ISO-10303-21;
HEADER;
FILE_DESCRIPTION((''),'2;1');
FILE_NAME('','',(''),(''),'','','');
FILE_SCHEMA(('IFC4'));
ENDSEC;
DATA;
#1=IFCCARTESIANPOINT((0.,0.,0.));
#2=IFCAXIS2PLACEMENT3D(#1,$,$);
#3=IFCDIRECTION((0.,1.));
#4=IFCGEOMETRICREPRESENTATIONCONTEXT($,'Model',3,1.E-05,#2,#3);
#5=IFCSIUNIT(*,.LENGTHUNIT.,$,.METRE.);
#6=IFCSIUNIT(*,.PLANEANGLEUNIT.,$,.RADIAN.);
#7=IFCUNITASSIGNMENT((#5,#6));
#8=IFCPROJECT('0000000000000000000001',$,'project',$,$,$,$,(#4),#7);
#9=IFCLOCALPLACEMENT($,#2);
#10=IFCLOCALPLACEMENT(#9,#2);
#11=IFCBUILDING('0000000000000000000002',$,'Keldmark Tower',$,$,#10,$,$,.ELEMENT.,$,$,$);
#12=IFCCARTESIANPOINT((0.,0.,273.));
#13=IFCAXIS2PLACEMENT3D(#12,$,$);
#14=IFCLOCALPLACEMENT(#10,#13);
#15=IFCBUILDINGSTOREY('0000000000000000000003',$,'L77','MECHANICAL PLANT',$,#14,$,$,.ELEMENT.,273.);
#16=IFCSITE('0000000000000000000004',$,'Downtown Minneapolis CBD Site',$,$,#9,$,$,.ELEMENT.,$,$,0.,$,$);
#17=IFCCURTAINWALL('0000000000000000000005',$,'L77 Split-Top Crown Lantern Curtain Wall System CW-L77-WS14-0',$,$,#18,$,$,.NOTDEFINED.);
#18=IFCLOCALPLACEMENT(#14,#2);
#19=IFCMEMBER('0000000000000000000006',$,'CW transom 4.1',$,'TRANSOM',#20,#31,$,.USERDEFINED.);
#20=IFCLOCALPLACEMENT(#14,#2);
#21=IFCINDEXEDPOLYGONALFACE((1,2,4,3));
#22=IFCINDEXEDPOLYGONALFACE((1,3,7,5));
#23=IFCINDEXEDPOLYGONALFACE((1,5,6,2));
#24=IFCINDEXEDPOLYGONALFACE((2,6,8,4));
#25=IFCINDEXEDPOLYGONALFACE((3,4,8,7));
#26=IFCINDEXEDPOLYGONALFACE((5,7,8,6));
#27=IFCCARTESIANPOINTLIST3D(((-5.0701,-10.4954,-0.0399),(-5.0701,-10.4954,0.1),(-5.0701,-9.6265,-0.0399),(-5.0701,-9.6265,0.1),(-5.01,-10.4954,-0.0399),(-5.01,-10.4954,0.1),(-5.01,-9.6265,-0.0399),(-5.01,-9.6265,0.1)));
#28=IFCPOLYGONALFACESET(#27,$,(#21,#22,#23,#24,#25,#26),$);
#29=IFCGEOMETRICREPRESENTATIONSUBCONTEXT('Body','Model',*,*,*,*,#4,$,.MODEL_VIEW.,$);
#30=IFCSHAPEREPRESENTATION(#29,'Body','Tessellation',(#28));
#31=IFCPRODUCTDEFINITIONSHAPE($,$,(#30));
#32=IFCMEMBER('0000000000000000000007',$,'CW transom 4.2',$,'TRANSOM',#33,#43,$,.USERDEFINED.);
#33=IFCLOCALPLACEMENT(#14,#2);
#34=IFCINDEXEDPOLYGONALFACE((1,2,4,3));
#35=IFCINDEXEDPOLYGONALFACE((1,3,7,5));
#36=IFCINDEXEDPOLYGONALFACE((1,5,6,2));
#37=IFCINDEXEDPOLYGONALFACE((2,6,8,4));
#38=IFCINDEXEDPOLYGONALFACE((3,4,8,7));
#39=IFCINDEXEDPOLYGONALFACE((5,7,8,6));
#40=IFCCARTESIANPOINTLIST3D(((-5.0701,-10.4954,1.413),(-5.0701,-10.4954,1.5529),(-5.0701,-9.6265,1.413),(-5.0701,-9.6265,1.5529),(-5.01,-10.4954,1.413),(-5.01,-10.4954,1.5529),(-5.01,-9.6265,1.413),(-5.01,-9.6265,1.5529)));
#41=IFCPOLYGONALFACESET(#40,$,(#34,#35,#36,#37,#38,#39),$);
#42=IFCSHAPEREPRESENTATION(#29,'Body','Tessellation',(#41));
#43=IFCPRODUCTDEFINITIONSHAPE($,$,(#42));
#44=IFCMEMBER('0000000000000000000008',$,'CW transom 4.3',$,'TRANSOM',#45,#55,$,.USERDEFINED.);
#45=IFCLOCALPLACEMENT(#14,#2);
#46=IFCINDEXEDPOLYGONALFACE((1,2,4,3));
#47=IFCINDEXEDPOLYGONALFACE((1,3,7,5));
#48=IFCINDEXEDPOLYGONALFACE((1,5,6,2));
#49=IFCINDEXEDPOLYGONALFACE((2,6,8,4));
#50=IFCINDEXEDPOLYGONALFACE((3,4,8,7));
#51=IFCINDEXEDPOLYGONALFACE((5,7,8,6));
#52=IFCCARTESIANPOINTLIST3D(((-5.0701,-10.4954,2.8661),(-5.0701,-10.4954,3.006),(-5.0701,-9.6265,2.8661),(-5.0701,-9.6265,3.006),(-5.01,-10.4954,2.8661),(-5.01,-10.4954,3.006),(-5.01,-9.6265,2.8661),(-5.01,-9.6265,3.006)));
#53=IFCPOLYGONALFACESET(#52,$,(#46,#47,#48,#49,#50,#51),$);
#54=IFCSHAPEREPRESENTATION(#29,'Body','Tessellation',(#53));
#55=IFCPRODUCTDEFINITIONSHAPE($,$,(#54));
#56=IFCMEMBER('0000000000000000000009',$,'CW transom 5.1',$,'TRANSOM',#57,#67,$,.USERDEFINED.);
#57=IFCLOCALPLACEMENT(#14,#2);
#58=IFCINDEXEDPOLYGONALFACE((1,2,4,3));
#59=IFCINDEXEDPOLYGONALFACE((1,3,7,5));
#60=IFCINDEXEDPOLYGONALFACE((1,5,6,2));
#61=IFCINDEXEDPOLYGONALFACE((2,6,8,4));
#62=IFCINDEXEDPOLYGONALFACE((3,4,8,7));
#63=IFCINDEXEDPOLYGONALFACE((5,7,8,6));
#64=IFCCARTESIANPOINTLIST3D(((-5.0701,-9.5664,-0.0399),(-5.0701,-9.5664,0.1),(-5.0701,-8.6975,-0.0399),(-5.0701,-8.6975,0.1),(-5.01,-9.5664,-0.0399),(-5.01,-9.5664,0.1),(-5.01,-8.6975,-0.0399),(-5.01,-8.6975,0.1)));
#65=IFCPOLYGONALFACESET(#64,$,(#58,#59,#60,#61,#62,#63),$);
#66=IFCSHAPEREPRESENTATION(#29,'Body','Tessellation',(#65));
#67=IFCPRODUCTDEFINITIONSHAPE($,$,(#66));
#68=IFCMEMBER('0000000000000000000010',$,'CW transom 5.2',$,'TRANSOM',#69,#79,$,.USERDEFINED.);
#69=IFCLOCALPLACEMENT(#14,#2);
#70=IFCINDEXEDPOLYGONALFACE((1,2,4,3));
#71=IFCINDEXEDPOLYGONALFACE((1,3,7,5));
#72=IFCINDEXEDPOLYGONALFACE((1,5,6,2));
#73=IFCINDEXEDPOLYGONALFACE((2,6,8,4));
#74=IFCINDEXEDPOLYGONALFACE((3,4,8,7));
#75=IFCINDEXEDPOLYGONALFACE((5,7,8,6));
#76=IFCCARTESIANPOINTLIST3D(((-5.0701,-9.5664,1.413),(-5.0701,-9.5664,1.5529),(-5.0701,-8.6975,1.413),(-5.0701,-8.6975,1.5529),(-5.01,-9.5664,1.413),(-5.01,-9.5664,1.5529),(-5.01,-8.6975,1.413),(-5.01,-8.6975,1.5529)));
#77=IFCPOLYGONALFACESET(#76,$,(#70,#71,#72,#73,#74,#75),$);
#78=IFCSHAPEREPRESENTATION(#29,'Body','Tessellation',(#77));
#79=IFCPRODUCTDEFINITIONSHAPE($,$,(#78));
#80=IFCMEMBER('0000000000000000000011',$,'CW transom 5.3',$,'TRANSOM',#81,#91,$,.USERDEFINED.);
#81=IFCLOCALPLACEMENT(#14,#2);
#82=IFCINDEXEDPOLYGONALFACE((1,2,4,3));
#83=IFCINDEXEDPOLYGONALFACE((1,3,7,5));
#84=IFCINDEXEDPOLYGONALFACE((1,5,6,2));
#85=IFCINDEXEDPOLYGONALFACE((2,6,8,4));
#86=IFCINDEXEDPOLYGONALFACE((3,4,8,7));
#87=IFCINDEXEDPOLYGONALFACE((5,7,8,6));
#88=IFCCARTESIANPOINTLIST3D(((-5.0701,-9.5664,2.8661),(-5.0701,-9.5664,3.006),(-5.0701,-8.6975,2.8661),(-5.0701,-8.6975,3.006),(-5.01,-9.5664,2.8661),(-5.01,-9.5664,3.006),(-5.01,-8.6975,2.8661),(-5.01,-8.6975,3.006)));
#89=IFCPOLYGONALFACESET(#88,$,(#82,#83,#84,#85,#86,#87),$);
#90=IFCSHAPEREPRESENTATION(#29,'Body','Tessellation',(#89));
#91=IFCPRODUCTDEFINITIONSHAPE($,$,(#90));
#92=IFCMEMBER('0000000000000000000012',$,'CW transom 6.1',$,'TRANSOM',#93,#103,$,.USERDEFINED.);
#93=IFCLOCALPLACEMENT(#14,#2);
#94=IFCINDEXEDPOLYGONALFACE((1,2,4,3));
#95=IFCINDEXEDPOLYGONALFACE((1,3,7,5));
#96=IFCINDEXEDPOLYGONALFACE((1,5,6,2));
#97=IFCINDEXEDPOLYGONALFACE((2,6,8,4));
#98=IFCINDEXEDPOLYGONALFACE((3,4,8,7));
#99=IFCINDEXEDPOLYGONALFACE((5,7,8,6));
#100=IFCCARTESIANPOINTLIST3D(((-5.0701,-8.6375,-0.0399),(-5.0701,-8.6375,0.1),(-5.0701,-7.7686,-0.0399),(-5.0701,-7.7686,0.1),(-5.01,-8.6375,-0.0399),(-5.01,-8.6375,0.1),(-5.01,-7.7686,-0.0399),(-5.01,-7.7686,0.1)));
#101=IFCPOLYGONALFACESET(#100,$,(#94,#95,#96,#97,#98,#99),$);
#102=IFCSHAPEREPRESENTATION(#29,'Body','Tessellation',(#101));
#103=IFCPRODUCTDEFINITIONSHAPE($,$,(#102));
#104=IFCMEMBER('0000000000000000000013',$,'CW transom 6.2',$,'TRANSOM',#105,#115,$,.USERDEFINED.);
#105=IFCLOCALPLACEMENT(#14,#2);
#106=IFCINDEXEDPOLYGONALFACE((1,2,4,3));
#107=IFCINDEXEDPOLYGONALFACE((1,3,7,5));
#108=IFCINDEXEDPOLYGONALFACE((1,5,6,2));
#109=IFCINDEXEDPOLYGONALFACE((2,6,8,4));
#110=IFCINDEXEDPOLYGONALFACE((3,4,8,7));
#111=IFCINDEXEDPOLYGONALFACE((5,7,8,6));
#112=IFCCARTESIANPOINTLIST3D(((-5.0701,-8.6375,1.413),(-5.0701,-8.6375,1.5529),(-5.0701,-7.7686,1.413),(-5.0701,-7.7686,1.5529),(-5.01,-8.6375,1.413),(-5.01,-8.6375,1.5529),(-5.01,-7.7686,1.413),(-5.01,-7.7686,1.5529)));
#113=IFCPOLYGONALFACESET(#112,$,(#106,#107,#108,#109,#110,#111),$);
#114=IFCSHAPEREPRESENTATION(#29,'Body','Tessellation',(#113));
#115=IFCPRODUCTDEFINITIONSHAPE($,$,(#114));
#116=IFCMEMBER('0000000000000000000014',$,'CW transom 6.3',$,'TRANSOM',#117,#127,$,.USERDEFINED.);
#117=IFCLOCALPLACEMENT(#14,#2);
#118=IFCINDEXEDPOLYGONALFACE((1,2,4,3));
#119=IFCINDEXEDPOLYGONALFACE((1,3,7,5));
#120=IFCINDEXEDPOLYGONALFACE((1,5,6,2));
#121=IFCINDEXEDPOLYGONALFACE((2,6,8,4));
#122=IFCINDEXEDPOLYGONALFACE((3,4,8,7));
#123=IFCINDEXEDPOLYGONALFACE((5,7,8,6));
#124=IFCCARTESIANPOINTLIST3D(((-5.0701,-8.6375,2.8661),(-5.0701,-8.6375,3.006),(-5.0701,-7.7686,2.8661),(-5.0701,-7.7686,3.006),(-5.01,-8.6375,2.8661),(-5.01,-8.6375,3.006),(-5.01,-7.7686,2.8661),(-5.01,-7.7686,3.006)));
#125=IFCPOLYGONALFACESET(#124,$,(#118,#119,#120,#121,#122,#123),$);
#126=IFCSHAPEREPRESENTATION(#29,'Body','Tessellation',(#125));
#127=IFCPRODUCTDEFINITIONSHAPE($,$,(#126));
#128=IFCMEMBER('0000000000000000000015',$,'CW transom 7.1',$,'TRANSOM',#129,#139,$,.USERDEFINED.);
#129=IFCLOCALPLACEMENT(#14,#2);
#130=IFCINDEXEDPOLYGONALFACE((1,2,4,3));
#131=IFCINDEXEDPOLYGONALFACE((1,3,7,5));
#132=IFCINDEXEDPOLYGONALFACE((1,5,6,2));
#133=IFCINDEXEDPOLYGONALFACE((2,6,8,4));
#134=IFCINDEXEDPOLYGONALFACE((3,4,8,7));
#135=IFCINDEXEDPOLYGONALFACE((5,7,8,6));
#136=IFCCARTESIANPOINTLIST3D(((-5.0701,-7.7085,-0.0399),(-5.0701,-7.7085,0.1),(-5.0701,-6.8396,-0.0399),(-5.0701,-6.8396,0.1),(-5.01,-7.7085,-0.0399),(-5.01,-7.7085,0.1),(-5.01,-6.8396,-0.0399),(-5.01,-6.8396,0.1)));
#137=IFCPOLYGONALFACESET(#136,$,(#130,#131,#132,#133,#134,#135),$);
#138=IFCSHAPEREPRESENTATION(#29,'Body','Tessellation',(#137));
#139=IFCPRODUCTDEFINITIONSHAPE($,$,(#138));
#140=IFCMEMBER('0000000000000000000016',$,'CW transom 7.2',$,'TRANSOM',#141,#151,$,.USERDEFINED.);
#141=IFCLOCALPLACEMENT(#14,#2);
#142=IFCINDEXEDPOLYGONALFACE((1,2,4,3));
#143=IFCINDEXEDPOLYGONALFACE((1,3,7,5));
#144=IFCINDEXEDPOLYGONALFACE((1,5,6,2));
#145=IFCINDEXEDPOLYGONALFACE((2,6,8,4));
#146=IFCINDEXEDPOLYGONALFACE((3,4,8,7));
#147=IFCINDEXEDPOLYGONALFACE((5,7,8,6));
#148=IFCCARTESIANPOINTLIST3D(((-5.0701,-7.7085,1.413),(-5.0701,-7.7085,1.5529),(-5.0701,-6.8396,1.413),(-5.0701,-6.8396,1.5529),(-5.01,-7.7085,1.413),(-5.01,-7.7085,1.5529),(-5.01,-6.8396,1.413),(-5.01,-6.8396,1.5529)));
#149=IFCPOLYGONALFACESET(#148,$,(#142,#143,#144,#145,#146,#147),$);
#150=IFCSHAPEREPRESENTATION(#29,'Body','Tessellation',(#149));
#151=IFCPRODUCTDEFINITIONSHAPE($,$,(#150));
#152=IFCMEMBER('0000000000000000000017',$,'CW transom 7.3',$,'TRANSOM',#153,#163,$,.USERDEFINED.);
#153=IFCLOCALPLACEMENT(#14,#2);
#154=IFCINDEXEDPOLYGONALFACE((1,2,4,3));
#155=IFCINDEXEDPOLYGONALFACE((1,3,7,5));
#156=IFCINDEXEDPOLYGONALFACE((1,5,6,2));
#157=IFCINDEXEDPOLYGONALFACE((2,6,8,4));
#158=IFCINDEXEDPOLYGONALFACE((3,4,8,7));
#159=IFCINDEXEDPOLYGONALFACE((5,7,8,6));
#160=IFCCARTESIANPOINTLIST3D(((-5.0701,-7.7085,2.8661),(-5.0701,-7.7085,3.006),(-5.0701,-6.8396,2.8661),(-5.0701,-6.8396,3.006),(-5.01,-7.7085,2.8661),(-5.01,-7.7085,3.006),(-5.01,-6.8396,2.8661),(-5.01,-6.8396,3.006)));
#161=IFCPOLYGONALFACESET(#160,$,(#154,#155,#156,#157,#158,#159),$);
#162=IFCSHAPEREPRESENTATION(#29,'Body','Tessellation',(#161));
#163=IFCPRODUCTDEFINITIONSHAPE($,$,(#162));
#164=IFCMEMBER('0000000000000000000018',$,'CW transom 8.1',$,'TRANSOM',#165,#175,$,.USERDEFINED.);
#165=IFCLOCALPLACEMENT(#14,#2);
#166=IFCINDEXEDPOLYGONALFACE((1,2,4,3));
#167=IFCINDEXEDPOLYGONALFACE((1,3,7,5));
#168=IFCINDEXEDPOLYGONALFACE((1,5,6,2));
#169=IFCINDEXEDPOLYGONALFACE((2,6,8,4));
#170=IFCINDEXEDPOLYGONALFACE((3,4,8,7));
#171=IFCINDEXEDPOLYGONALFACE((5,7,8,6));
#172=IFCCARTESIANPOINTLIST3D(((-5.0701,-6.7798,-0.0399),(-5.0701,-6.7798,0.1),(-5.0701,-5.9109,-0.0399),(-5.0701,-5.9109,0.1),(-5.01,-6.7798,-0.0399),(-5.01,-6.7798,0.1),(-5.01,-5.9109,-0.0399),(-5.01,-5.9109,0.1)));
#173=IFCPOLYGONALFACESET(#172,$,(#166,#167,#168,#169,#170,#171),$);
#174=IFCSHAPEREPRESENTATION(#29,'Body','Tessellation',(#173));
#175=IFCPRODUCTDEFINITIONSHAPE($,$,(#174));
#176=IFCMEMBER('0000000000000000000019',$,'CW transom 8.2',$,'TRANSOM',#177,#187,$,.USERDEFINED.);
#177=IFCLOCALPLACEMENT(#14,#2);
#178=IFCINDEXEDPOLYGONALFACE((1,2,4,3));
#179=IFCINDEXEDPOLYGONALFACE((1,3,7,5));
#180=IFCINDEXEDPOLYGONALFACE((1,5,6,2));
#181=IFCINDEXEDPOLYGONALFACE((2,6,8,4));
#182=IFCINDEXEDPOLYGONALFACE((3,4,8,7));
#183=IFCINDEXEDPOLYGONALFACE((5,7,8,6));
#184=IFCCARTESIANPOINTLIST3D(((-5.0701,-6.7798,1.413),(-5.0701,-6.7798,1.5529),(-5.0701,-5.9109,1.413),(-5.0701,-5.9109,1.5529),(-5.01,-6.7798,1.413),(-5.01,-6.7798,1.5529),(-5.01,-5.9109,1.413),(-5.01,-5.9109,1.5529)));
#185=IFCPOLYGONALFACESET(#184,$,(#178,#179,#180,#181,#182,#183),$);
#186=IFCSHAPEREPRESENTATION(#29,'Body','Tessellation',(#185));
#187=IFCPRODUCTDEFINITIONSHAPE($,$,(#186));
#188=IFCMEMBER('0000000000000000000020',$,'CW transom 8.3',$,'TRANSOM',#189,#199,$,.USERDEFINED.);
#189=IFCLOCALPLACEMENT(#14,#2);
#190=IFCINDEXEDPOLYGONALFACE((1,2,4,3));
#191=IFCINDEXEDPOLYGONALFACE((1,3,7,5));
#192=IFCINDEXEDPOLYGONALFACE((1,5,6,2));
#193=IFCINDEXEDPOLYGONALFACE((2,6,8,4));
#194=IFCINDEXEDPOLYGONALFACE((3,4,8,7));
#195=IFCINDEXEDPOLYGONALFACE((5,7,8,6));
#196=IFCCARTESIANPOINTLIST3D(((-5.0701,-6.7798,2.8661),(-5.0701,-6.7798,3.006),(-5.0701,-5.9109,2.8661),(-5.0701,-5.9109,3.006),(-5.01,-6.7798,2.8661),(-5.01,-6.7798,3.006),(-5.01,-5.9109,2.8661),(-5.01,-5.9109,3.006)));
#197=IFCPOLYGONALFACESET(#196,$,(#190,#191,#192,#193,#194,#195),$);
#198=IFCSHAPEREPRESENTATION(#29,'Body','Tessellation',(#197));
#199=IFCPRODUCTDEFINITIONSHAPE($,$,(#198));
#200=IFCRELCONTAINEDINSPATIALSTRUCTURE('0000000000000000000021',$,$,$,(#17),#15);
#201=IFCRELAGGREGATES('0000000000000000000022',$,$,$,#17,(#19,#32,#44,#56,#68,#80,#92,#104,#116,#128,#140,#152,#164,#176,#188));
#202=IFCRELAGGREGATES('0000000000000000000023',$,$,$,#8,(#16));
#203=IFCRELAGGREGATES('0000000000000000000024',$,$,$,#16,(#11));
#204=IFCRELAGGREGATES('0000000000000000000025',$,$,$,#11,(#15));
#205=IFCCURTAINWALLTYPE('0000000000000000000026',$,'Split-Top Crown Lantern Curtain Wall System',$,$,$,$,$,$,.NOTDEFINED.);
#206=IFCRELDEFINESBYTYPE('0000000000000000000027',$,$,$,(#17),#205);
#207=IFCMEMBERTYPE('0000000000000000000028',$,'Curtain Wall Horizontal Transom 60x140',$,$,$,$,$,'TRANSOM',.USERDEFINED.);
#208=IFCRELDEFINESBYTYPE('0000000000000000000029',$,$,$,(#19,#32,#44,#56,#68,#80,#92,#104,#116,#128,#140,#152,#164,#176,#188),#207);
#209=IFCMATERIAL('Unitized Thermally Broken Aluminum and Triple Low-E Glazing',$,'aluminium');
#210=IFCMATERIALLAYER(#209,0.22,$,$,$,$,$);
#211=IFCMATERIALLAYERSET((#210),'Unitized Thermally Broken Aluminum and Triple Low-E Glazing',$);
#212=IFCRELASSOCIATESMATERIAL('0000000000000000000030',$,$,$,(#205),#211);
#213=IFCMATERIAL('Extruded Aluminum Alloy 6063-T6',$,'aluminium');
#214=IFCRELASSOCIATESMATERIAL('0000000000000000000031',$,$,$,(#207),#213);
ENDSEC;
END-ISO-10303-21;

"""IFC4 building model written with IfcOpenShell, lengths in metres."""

from ifc_helpers import new_model, si_unit, direction, frame, origin, origin_2d, place, context, subcontext, project, spatial, rectangle, extrude, material, layer, layer_set, material_profile, profile_set, type_object, element, aggregate, save


model = new_model("IFC4")

# Units and contexts
model_context = context("Model", 3, precision=1e-05, world=origin(), true_north=direction((0.0, 1.0)))
body_context = subcontext(model_context, "Body", "Model", "MODEL_VIEW")
ifc_project = project(units=[si_unit("LENGTHUNIT", "METRE"), si_unit("PLANEANGLEUNIT", "RADIAN")], contexts=[model_context])

# Site, building, storey
site_placement = place(None, origin())
site = spatial("IfcSite", under=ifc_project, at=site_placement, Name="Downtown Minneapolis CBD Site", CompositionType="ELEMENT", RefElevation=0.0)
building_placement = place(site_placement, origin())
building = spatial("IfcBuilding", under=site, at=building_placement, Name="Keldmark Tower", CompositionType="ELEMENT")
storey_placement = place(building_placement, frame((0.0, 0.0, 273.0)))
storey = spatial("IfcBuildingStorey", under=building, at=storey_placement, Name="L77", Description="MECHANICAL PLANT", CompositionType="ELEMENT", Elevation=273.0)

# Curtain wall, members
ifc_material_1 = material(Name="Unitized Thermally Broken Aluminum and Triple Low-E Glazing", Category="aluminium")
ifc_layer_1 = layer(ifc_material_1, 0.22)
ifc_layer_set_1 = layer_set([ifc_layer_1], Name="Unitized Thermally Broken Aluminum and Triple Low-E Glazing")
curtain_wall_type = type_object("IfcCurtainWallType", Name="Split-Top Crown Lantern Curtain Wall System", PredefinedType="NOTDEFINED", material=ifc_layer_set_1)
curtain_wall_placement = place(storey_placement, origin())
curtain_wall = element("IfcCurtainWall", 1, at=curtain_wall_placement, inside=storey, type_object=curtain_wall_type, Name="L77 Split-Top Crown Lantern Curtain Wall System CW-L77-WS14-0", PredefinedType="NOTDEFINED")
ifc_material_2 = material(Name="Extruded Aluminum Alloy 6063-T6", Category="aluminium")
ifc_material_profile_1 = material_profile(ifc_material_2, rectangle(XDim=0.0601, YDim=0.1399, at=origin_2d()), Name="CWT60X140")
ifc_profile_set_1 = profile_set([ifc_material_profile_1], Name="Extruded Aluminum Alloy 6063-T6")
member_type_1 = type_object("IfcMemberType", Name="Curtain Wall Horizontal Transom 60x140", ElementType="TRANSOM", PredefinedType="USERDEFINED", material=ifc_profile_set_1)
member_1_placement = place(storey_placement, frame((-5.04, -10.4954, 0.03), z_axis=(0.0, 1.0, 0.0), x_axis=(-1.0, 0.0, 0.0)))
member_1 = element("IfcMember", 2, at=member_1_placement, type_object=member_type_1, Name="CW transom 4.1", ObjectType="TRANSOM", PredefinedType="USERDEFINED", context=body_context, shape_type="SweptSolid", body=[
    extrude(rectangle(XDim=0.0601, YDim=0.1399, at=origin_2d()), origin(), (0.0, 0.0, 1.0), 0.8689),
])
member_2_placement = place(storey_placement, frame((-5.04, -10.4954, 1.4829), z_axis=(0.0, 1.0, 0.0), x_axis=(-1.0, 0.0, 0.0)))
member_2 = element("IfcMember", 3, at=member_2_placement, type_object=member_type_1, Name="CW transom 4.2", ObjectType="TRANSOM", PredefinedType="USERDEFINED", context=body_context, shape_type="SweptSolid", body=[
    extrude(rectangle(XDim=0.0601, YDim=0.1399, at=origin_2d()), origin(), (0.0, 0.0, 1.0), 0.8689),
])
member_3_placement = place(storey_placement, frame((-5.04, -10.4954, 2.936), z_axis=(0.0, 1.0, 0.0), x_axis=(-1.0, 0.0, 0.0)))
member_3 = element("IfcMember", 4, at=member_3_placement, type_object=member_type_1, Name="CW transom 4.3", ObjectType="TRANSOM", PredefinedType="USERDEFINED", context=body_context, shape_type="SweptSolid", body=[
    extrude(rectangle(XDim=0.0601, YDim=0.1399, at=origin_2d()), origin(), (0.0, 0.0, 1.0), 0.8689),
])
member_4_placement = place(storey_placement, frame((-5.04, -9.5664, 0.03), z_axis=(0.0, 1.0, 0.0), x_axis=(-1.0, 0.0, 0.0)))
member_4 = element("IfcMember", 5, at=member_4_placement, type_object=member_type_1, Name="CW transom 5.1", ObjectType="TRANSOM", PredefinedType="USERDEFINED", context=body_context, shape_type="SweptSolid", body=[
    extrude(rectangle(XDim=0.0601, YDim=0.1399, at=origin_2d()), origin(), (0.0, 0.0, 1.0), 0.8689),
])
member_5_placement = place(storey_placement, frame((-5.04, -9.5664, 1.4829), z_axis=(0.0, 1.0, 0.0), x_axis=(-1.0, 0.0, 0.0)))
member_5 = element("IfcMember", 6, at=member_5_placement, type_object=member_type_1, Name="CW transom 5.2", ObjectType="TRANSOM", PredefinedType="USERDEFINED", context=body_context, shape_type="SweptSolid", body=[
    extrude(rectangle(XDim=0.0601, YDim=0.1399, at=origin_2d()), origin(), (0.0, 0.0, 1.0), 0.8689),
])
member_6_placement = place(storey_placement, frame((-5.04, -9.5664, 2.936), z_axis=(0.0, 1.0, 0.0), x_axis=(-1.0, 0.0, 0.0)))
member_6 = element("IfcMember", 7, at=member_6_placement, type_object=member_type_1, Name="CW transom 5.3", ObjectType="TRANSOM", PredefinedType="USERDEFINED", context=body_context, shape_type="SweptSolid", body=[
    extrude(rectangle(XDim=0.0601, YDim=0.1399, at=origin_2d()), origin(), (0.0, 0.0, 1.0), 0.8689),
])
member_7_placement = place(storey_placement, frame((-5.04, -8.6375, 0.03), z_axis=(0.0, 1.0, 0.0), x_axis=(-1.0, 0.0, 0.0)))
member_7 = element("IfcMember", 8, at=member_7_placement, type_object=member_type_1, Name="CW transom 6.1", ObjectType="TRANSOM", PredefinedType="USERDEFINED", context=body_context, shape_type="SweptSolid", body=[
    extrude(rectangle(XDim=0.0601, YDim=0.1399, at=origin_2d()), origin(), (0.0, 0.0, 1.0), 0.8689),
])
member_8_placement = place(storey_placement, frame((-5.04, -8.6375, 1.4829), z_axis=(0.0, 1.0, 0.0), x_axis=(-1.0, 0.0, 0.0)))
member_8 = element("IfcMember", 9, at=member_8_placement, type_object=member_type_1, Name="CW transom 6.2", ObjectType="TRANSOM", PredefinedType="USERDEFINED", context=body_context, shape_type="SweptSolid", body=[
    extrude(rectangle(XDim=0.0601, YDim=0.1399, at=origin_2d()), origin(), (0.0, 0.0, 1.0), 0.8689),
])
member_9_placement = place(storey_placement, frame((-5.04, -8.6375, 2.936), z_axis=(0.0, 1.0, 0.0), x_axis=(-1.0, 0.0, 0.0)))
member_9 = element("IfcMember", 10, at=member_9_placement, type_object=member_type_1, Name="CW transom 6.3", ObjectType="TRANSOM", PredefinedType="USERDEFINED", context=body_context, shape_type="SweptSolid", body=[
    extrude(rectangle(XDim=0.0601, YDim=0.1399, at=origin_2d()), origin(), (0.0, 0.0, 1.0), 0.8689),
])
member_10_placement = place(storey_placement, frame((-5.04, -7.7085, 0.03), z_axis=(0.0, 1.0, 0.0), x_axis=(-1.0, 0.0, 0.0)))
member_10 = element("IfcMember", 11, at=member_10_placement, type_object=member_type_1, Name="CW transom 7.1", ObjectType="TRANSOM", PredefinedType="USERDEFINED", context=body_context, shape_type="SweptSolid", body=[
    extrude(rectangle(XDim=0.0601, YDim=0.1399, at=origin_2d()), origin(), (0.0, 0.0, 1.0), 0.8689),
])
member_11_placement = place(storey_placement, frame((-5.04, -7.7085, 1.4829), z_axis=(0.0, 1.0, 0.0), x_axis=(-1.0, 0.0, 0.0)))
member_11 = element("IfcMember", 12, at=member_11_placement, type_object=member_type_1, Name="CW transom 7.2", ObjectType="TRANSOM", PredefinedType="USERDEFINED", context=body_context, shape_type="SweptSolid", body=[
    extrude(rectangle(XDim=0.0601, YDim=0.1399, at=origin_2d()), origin(), (0.0, 0.0, 1.0), 0.8689),
])
member_12_placement = place(storey_placement, frame((-5.04, -7.7085, 2.936), z_axis=(0.0, 1.0, 0.0), x_axis=(-1.0, 0.0, 0.0)))
member_12 = element("IfcMember", 13, at=member_12_placement, type_object=member_type_1, Name="CW transom 7.3", ObjectType="TRANSOM", PredefinedType="USERDEFINED", context=body_context, shape_type="SweptSolid", body=[
    extrude(rectangle(XDim=0.0601, YDim=0.1399, at=origin_2d()), origin(), (0.0, 0.0, 1.0), 0.8689),
])
member_13_placement = place(storey_placement, frame((-5.04, -6.7798, 0.03), z_axis=(0.0, 1.0, 0.0), x_axis=(-1.0, 0.0, 0.0)))
member_13 = element("IfcMember", 14, at=member_13_placement, type_object=member_type_1, Name="CW transom 8.1", ObjectType="TRANSOM", PredefinedType="USERDEFINED", context=body_context, shape_type="SweptSolid", body=[
    extrude(rectangle(XDim=0.0601, YDim=0.1399, at=origin_2d()), origin(), (0.0, 0.0, 1.0), 0.8689),
])
member_14_placement = place(storey_placement, frame((-5.04, -6.7798, 1.4829), z_axis=(0.0, 1.0, 0.0), x_axis=(-1.0, 0.0, 0.0)))
member_14 = element("IfcMember", 15, at=member_14_placement, type_object=member_type_1, Name="CW transom 8.2", ObjectType="TRANSOM", PredefinedType="USERDEFINED", context=body_context, shape_type="SweptSolid", body=[
    extrude(rectangle(XDim=0.0601, YDim=0.1399, at=origin_2d()), origin(), (0.0, 0.0, 1.0), 0.8689),
])
member_15_placement = place(storey_placement, frame((-5.04, -6.7798, 2.936), z_axis=(0.0, 1.0, 0.0), x_axis=(-1.0, 0.0, 0.0)))
member_15 = element("IfcMember", 16, at=member_15_placement, type_object=member_type_1, Name="CW transom 8.3", ObjectType="TRANSOM", PredefinedType="USERDEFINED", context=body_context, shape_type="SweptSolid", body=[
    extrude(rectangle(XDim=0.0601, YDim=0.1399, at=origin_2d()), origin(), (0.0, 0.0, 1.0), 0.8689),
])

aggregate(curtain_wall, [member_1, member_2, member_3, member_4, member_5, member_6, member_7, member_8, member_9, member_10, member_11, member_12, member_13, member_14, member_15])

save(model, "model.ifc")
